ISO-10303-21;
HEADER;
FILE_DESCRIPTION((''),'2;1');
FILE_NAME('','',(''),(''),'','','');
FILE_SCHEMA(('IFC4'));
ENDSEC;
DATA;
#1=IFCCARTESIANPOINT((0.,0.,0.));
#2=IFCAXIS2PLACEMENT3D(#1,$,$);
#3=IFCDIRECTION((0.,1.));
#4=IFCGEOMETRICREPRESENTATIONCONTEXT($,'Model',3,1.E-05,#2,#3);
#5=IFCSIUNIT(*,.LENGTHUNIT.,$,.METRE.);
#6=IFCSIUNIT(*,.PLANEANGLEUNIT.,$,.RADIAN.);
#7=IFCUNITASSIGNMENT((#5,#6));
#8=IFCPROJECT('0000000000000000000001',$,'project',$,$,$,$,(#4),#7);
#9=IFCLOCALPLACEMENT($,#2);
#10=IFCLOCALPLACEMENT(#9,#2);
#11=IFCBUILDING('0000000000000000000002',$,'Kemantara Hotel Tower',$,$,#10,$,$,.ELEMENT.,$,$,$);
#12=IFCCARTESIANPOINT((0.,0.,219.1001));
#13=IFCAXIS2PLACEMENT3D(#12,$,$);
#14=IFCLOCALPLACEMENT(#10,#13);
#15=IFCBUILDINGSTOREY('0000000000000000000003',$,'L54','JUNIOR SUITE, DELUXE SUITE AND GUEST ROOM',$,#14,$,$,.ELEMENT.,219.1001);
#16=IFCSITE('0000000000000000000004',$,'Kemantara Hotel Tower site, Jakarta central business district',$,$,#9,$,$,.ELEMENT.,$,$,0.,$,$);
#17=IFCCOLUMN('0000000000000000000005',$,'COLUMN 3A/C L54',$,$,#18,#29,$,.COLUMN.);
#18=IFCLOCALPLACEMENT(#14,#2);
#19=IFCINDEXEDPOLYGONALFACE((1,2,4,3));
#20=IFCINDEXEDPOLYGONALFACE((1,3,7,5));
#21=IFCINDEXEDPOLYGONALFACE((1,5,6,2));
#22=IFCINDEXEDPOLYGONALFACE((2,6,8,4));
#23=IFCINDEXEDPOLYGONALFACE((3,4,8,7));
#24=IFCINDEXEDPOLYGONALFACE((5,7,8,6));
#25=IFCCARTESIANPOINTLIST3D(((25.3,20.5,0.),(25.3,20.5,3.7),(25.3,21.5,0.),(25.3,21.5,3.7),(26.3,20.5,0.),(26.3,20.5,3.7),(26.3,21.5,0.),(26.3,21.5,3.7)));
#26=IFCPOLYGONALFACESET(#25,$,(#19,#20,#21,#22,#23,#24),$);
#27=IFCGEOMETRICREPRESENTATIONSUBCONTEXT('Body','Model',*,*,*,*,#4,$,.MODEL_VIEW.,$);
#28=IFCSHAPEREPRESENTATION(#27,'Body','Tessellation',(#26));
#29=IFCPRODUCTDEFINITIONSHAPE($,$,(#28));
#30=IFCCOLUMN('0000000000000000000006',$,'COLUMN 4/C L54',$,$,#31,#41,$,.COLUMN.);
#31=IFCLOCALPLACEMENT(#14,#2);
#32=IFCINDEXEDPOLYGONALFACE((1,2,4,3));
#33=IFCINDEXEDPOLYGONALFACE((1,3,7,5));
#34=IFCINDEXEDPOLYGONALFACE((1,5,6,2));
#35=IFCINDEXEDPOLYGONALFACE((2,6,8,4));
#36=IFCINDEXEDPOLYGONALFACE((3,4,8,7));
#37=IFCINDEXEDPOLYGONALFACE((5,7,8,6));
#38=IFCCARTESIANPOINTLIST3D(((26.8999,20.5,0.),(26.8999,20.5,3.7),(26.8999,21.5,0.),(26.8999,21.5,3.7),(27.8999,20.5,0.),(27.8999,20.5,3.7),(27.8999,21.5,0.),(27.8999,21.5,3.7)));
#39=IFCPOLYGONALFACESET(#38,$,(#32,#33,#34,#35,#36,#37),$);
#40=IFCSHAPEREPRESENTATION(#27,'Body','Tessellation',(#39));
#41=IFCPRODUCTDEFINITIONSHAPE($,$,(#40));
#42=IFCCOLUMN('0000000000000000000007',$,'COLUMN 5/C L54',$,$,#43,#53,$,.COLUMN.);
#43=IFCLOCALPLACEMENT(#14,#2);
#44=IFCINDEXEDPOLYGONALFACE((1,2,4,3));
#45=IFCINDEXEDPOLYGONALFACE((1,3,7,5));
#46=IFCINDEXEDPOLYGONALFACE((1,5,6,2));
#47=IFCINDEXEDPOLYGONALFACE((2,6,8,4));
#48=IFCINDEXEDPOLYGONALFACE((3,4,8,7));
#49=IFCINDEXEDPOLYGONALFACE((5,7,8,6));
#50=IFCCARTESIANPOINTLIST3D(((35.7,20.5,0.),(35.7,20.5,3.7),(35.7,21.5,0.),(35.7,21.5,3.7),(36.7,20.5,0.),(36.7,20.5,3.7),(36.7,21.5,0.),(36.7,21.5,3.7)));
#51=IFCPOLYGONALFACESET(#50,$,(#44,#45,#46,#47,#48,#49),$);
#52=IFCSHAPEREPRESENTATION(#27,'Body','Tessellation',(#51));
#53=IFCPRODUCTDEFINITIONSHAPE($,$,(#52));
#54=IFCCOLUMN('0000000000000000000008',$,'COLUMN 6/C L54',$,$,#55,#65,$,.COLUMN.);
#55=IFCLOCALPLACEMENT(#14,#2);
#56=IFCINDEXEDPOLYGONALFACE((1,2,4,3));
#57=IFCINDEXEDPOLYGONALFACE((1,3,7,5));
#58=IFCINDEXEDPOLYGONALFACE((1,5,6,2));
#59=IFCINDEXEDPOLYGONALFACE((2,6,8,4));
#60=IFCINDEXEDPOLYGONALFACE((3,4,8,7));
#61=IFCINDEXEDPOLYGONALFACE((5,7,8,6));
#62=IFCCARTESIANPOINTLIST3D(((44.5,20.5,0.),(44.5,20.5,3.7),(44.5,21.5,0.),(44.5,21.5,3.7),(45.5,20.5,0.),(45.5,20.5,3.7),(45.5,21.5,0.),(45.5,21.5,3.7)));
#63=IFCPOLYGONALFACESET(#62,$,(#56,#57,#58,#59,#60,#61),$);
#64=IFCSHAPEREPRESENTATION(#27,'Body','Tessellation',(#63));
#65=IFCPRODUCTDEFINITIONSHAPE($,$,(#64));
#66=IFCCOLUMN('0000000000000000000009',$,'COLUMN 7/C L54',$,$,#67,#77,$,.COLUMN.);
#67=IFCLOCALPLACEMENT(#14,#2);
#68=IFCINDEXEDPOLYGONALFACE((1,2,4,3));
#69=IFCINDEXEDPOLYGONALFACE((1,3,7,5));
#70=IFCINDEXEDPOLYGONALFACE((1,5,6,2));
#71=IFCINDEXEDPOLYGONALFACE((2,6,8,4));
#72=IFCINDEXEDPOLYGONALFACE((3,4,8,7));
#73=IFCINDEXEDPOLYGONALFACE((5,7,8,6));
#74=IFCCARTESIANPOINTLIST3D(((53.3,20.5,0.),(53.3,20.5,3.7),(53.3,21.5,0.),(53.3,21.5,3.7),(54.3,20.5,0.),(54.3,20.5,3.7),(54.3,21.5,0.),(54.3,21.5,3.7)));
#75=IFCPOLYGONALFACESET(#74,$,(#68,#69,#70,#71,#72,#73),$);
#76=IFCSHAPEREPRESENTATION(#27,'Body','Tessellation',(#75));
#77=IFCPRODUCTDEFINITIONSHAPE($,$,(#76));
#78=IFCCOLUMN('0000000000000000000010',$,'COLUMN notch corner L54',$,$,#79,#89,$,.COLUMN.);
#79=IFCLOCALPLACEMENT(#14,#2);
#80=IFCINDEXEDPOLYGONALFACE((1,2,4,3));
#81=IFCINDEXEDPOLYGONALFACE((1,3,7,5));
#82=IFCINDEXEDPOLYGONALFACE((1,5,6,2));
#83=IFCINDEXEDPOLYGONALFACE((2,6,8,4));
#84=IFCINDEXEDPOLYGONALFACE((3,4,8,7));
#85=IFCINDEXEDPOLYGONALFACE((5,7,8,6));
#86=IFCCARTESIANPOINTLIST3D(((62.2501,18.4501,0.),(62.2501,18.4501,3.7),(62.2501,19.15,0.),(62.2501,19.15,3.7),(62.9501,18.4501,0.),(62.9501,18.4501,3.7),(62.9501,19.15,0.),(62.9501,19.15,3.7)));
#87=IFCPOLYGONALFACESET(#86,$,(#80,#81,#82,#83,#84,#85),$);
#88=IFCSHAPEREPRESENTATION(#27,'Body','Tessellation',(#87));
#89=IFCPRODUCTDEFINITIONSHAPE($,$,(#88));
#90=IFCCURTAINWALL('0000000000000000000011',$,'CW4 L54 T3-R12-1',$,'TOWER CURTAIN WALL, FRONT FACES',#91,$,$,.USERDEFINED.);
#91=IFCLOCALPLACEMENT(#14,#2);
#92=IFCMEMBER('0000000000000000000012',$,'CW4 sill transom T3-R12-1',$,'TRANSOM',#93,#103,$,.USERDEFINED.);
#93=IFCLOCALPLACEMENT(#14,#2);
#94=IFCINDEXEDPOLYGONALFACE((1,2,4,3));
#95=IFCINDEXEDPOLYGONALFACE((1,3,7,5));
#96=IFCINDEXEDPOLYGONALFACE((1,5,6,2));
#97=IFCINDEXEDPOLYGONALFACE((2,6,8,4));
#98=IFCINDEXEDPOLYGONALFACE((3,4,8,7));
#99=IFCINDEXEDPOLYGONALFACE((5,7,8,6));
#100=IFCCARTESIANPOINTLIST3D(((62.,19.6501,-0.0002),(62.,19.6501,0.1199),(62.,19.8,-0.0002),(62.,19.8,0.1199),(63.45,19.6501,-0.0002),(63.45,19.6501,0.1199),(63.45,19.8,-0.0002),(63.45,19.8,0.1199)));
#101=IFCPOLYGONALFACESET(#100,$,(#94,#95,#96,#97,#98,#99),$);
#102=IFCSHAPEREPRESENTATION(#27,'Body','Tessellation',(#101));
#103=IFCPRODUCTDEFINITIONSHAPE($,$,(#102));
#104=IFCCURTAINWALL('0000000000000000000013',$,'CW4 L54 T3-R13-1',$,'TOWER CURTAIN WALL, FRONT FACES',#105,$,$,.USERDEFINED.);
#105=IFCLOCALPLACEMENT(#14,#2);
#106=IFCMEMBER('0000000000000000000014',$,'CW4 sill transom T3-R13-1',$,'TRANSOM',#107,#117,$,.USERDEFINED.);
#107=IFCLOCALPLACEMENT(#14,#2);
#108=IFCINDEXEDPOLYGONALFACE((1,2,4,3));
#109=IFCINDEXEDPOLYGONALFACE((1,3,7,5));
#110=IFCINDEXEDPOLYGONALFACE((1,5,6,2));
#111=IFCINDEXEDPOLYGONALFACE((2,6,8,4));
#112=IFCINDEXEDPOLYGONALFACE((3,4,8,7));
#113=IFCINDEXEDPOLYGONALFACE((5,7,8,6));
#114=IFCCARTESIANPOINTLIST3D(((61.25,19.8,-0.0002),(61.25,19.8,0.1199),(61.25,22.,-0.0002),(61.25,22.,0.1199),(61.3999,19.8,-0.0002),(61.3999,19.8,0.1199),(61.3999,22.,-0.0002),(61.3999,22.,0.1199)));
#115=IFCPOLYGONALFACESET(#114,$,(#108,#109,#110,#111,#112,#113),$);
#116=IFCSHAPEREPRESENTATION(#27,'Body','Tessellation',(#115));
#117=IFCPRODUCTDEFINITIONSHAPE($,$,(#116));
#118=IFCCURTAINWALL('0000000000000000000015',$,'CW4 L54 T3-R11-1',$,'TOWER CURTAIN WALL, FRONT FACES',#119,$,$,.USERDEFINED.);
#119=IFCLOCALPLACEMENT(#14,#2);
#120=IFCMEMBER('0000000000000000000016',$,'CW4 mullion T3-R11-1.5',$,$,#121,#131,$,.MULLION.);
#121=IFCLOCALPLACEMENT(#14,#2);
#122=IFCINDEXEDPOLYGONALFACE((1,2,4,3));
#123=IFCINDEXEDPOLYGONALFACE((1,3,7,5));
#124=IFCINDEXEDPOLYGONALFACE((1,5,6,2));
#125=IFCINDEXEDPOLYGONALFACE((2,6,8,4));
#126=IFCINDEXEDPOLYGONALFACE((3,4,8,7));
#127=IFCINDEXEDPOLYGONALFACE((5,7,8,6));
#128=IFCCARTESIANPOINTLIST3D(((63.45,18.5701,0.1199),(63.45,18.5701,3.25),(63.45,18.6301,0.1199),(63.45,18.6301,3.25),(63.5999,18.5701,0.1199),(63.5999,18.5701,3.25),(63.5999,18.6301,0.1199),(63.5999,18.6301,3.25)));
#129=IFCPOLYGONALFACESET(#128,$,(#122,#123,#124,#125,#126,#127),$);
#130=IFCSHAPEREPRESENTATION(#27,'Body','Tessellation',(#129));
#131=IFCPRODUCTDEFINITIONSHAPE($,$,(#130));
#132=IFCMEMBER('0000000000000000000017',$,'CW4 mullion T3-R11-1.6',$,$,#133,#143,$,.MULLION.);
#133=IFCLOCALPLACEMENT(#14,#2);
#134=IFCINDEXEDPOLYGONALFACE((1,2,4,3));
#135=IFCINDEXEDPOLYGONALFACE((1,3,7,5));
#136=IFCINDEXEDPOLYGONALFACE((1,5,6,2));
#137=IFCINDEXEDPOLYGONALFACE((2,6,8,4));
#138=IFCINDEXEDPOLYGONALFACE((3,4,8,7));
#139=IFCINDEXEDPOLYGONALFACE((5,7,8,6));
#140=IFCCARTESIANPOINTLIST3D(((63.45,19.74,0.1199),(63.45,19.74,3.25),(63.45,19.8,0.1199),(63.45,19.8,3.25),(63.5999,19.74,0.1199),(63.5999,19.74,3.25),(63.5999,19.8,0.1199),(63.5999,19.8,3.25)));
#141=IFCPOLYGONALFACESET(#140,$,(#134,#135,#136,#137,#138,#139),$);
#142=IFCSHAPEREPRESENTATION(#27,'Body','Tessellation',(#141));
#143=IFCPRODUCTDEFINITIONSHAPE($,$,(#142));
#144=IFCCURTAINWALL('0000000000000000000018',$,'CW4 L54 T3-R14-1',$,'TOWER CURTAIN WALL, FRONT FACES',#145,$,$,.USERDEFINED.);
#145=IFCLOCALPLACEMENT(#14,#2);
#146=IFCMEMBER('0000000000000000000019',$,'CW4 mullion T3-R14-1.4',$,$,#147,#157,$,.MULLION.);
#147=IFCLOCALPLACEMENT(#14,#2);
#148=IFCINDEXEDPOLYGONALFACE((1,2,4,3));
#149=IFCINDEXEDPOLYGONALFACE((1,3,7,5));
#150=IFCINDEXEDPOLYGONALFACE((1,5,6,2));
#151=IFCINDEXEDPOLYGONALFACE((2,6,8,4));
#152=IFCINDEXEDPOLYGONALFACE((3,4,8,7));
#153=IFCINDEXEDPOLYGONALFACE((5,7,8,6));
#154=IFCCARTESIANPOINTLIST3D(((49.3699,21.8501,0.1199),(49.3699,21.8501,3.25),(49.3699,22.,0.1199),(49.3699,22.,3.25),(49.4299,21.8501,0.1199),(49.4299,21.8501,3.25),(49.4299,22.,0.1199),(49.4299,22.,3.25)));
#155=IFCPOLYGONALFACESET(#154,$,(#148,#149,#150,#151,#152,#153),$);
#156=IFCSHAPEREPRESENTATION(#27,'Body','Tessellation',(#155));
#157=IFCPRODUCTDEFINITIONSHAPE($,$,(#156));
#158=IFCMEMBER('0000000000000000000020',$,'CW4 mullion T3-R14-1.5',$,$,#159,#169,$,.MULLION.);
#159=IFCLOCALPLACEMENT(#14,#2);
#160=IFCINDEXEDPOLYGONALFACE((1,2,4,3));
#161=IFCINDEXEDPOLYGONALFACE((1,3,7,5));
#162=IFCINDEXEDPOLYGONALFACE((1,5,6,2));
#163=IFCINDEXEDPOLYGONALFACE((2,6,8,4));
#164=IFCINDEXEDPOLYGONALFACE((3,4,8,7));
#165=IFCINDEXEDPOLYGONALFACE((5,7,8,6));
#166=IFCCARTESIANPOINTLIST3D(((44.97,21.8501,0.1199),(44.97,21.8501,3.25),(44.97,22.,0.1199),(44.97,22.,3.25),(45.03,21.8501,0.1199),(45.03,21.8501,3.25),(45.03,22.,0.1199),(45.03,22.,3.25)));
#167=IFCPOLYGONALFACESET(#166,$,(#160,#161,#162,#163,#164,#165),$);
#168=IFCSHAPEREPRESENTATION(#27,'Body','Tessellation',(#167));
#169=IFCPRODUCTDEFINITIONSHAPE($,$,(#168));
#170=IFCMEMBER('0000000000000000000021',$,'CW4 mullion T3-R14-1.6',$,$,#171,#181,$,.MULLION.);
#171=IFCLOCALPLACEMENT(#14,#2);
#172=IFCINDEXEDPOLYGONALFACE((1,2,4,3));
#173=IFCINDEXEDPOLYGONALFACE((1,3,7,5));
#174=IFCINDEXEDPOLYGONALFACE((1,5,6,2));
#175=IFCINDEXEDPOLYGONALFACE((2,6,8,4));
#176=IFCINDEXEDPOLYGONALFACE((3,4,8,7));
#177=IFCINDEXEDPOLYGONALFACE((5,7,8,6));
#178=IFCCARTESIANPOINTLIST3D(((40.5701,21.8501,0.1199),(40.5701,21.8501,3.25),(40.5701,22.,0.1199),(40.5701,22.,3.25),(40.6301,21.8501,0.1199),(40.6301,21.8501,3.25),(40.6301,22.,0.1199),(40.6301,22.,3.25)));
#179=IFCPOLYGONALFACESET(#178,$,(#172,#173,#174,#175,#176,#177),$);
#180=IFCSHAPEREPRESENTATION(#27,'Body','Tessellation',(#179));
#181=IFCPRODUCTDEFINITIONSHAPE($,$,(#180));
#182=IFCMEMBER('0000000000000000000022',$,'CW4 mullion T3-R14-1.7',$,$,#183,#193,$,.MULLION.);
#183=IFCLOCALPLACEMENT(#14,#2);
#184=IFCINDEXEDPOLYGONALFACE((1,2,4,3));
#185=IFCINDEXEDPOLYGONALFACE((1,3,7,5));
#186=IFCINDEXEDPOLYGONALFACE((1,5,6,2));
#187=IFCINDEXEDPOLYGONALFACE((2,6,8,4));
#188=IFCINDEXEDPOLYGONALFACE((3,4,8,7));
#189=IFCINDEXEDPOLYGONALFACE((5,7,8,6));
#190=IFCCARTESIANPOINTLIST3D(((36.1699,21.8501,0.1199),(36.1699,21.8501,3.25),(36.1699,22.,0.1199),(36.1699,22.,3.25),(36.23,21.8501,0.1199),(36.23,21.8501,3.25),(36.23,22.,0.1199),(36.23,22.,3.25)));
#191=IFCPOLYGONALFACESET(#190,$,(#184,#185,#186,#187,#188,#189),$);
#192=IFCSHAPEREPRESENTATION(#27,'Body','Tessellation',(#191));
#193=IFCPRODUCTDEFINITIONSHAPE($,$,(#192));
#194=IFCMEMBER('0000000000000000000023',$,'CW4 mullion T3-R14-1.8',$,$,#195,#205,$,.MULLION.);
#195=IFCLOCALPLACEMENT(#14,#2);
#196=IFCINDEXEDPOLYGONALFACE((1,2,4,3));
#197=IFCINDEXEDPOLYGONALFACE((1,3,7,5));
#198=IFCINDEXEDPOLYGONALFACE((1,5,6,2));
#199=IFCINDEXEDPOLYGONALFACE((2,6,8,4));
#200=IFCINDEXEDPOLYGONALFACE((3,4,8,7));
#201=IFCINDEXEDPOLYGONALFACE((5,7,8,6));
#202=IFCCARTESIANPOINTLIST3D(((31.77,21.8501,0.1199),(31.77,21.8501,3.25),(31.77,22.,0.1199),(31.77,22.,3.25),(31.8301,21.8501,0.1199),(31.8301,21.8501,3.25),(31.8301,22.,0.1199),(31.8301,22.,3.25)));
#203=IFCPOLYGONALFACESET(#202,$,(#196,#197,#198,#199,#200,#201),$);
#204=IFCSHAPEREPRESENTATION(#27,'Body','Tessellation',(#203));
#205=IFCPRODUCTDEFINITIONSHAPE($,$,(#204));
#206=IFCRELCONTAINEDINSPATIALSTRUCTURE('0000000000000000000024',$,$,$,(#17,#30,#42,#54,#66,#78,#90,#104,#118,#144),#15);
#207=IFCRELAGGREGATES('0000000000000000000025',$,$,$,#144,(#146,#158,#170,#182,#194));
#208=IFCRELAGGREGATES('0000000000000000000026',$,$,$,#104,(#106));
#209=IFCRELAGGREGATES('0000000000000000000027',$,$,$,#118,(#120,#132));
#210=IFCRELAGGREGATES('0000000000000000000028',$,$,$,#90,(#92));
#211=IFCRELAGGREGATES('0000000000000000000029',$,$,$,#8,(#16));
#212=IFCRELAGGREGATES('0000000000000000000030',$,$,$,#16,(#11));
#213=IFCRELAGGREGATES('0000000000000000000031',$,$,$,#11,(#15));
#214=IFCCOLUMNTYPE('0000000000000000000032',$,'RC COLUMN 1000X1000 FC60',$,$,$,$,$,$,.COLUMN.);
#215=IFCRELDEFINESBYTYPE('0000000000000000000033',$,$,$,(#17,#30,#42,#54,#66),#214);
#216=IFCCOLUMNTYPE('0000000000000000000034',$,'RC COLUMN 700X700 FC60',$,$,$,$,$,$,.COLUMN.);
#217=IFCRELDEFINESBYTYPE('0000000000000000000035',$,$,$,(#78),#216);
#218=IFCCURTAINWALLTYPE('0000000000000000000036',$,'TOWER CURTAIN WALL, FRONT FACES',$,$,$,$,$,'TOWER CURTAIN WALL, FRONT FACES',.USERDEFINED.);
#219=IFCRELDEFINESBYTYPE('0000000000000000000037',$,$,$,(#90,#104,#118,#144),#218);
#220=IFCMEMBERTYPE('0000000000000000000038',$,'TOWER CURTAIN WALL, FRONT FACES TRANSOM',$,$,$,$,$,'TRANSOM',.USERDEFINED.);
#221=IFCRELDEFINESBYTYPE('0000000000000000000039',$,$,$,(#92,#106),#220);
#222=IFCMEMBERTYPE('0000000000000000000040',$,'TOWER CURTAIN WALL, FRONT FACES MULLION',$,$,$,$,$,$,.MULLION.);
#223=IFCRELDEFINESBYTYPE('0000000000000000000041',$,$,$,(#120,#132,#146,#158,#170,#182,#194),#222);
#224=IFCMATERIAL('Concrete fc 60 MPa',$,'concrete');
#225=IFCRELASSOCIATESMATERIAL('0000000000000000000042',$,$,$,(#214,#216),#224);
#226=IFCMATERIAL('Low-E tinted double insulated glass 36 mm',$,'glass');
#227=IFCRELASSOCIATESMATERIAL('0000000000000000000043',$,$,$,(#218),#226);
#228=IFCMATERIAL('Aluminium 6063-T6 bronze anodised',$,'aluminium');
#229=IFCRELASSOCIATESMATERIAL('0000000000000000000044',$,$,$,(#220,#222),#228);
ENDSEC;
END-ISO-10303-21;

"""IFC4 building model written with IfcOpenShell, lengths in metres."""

from ifc_helpers import new_model, si_unit, direction, frame, origin, origin_2d, place, context, subcontext, project, spatial, rectangle, extrude, source, transform, mapped, material, material_profile, profile_set, type_object, element, aggregate, save


model = new_model("IFC4")

# Units and contexts
model_context = context("Model", 3, precision=1e-05, world=origin(), true_north=direction((0.0, 1.0)))
body_context = subcontext(model_context, "Body", "Model", "MODEL_VIEW")
ifc_project = project(units=[si_unit("LENGTHUNIT", "METRE"), si_unit("PLANEANGLEUNIT", "RADIAN")], contexts=[model_context])

# Site, building, storey
site_placement = place(None, origin())
site = spatial("IfcSite", under=ifc_project, at=site_placement, Name="Kemantara Hotel Tower site, Jakarta central business district", CompositionType="ELEMENT", RefElevation=0.0)
building_placement = place(site_placement, origin())
building = spatial("IfcBuilding", under=site, at=building_placement, Name="Kemantara Hotel Tower", CompositionType="ELEMENT")
storey_placement = place(building_placement, frame((0.0, 0.0, 219.1001)))
storey = spatial("IfcBuildingStorey", under=building, at=storey_placement, Name="L54", Description="JUNIOR SUITE, DELUXE SUITE AND GUEST ROOM", CompositionType="ELEMENT", Elevation=219.1001)

# Columns
ifc_material_1 = material(Name="Concrete fc 60 MPa", Category="concrete")
ifc_material_profile_1 = material_profile(ifc_material_1, rectangle(XDim=1.0, YDim=1.0, at=origin_2d()), Name="RC 1000X1000")
ifc_profile_set_1 = profile_set([ifc_material_profile_1], Name="Concrete fc 60 MPa")
column_type_1 = type_object("IfcColumnType", Name="RC COLUMN 1000X1000 FC60", PredefinedType="COLUMN", material=ifc_profile_set_1)
for number, where, z_axis, x_axis, name in (
    (1, (25.8, 21.0, 0.0), (0.0, 0.0, 1.0), (1.0, 0.0, 0.0), "COLUMN 3A/C L54"),
    (2, (27.3999, 21.0, 0.0), (0.0, 0.0, 1.0), (1.0, 0.0, 0.0), "COLUMN 4/C L54"),
    (3, (36.2, 21.0, 0.0), (0.0, 0.0, 1.0), (1.0, 0.0, 0.0), "COLUMN 5/C L54"),
    (4, (45.0, 21.0, 0.0), (0.0, 0.0, 1.0), (1.0, 0.0, 0.0), "COLUMN 6/C L54"),
    (5, (53.8, 21.0, 0.0), (0.0, 0.0, 1.0), (1.0, 0.0, 0.0), "COLUMN 7/C L54"),
):
    element("IfcColumn", number, at=place(storey_placement, frame(where, z_axis=z_axis, x_axis=x_axis)), inside=storey, type_object=column_type_1, Name=name, PredefinedType="COLUMN", context=body_context, shape_type="SweptSolid", body=[
        extrude(rectangle(XDim=1.0, YDim=1.0, at=origin_2d()), origin(), (0.0, 0.0, 1.0), 3.7),
    ])
ifc_material_profile_2 = material_profile(ifc_material_1, rectangle(XDim=0.7, YDim=0.7, at=origin_2d()), Name="RC 700X700")
ifc_profile_set_2 = profile_set([ifc_material_profile_2], Name="Concrete fc 60 MPa")
column_type_2 = type_object("IfcColumnType", Name="RC COLUMN 700X700 FC60", PredefinedType="COLUMN", material=ifc_profile_set_2)
column_placement = place(storey_placement, frame((62.6001, 18.8, 0.0), z_axis=(0.0, 0.0, 1.0), x_axis=(1.0, 0.0, 0.0)))
element("IfcColumn", 6, at=column_placement, inside=storey, type_object=column_type_2, Name="COLUMN notch corner L54", PredefinedType="COLUMN", context=body_context, shape_type="SweptSolid", body=[
    extrude(rectangle(XDim=0.7, YDim=0.7, at=origin_2d()), origin(), (0.0, 0.0, 1.0), 3.7),
])

# Curtain walls, members
ifc_material_2 = material(Name="Low-E tinted double insulated glass 36 mm", Category="glass")
curtain_wall_type = type_object("IfcCurtainWallType", Name="TOWER CURTAIN WALL, FRONT FACES", ElementType="TOWER CURTAIN WALL, FRONT FACES", PredefinedType="USERDEFINED", material=ifc_material_2)
curtain_wall_1_placement = place(storey_placement, origin())
curtain_wall_1 = element("IfcCurtainWall", 7, at=curtain_wall_1_placement, inside=storey, type_object=curtain_wall_type, Name="CW4 L54 T3-R12-1", ObjectType="TOWER CURTAIN WALL, FRONT FACES", PredefinedType="USERDEFINED")
ifc_material_3 = material(Name="Aluminium 6063-T6 bronze anodised", Category="aluminium")
ifc_material_profile_3 = material_profile(ifc_material_3, rectangle(XDim=0.1499, YDim=0.1201, at=origin_2d()), Name="TOWER CURTAIN WALL, FRONT FACES TRANSOM")
ifc_profile_set_3 = profile_set([ifc_material_profile_3], Name="Aluminium 6063-T6 bronze anodised")
member_type_1 = type_object("IfcMemberType", Name="TOWER CURTAIN WALL, FRONT FACES TRANSOM", ElementType="TRANSOM", PredefinedType="USERDEFINED", material=ifc_profile_set_3)
member_1_placement = place(storey_placement, frame((63.45, 19.7251, 0.0598), z_axis=(-1.0, 0.0, 0.0), x_axis=(0.0, -1.0, 0.0)))
member_1 = element("IfcMember", 8, at=member_1_placement, type_object=member_type_1, Name="CW4 sill transom T3-R12-1", ObjectType="TRANSOM", PredefinedType="USERDEFINED", context=body_context, shape_type="SweptSolid", body=[
    extrude(rectangle(XDim=0.1499, YDim=0.1201, at=origin_2d()), origin(), (0.0, 0.0, 1.0), 1.45),
])
curtain_wall_2_placement = place(storey_placement, origin())
curtain_wall_2 = element("IfcCurtainWall", 9, at=curtain_wall_2_placement, inside=storey, type_object=curtain_wall_type, Name="CW4 L54 T3-R13-1", ObjectType="TOWER CURTAIN WALL, FRONT FACES", PredefinedType="USERDEFINED")
member_2_placement = place(storey_placement, frame((61.325, 19.8, 0.0598), z_axis=(0.0, 1.0, 0.0), x_axis=(-1.0, 0.0, 0.0)))
member_2 = element("IfcMember", 10, at=member_2_placement, type_object=member_type_1, Name="CW4 sill transom T3-R13-1", ObjectType="TRANSOM", PredefinedType="USERDEFINED", context=body_context, shape_type="SweptSolid", body=[
    extrude(rectangle(XDim=0.1499, YDim=0.1201, at=origin_2d()), origin(), (0.0, 0.0, 1.0), 2.2),
])

# Curtain walls, members
curtain_wall_3_placement = place(storey_placement, origin())
curtain_wall_3 = element("IfcCurtainWall", 11, at=curtain_wall_3_placement, inside=storey, type_object=curtain_wall_type, Name="CW4 L54 T3-R11-1", ObjectType="TOWER CURTAIN WALL, FRONT FACES", PredefinedType="USERDEFINED")
ifc_material_profile_4 = material_profile(ifc_material_3, rectangle(XDim=0.1499, YDim=0.0601, at=origin_2d()), Name="TOWER CURTAIN WALL, FRONT FACES MULLION")
ifc_profile_set_4 = profile_set([ifc_material_profile_4], Name="Aluminium 6063-T6 bronze anodised")
member_type_2 = type_object("IfcMemberType", Name="TOWER CURTAIN WALL, FRONT FACES MULLION", PredefinedType="MULLION", material=ifc_profile_set_4)
shared_shape_1 = source(origin(), body_context, "Body", "SweptSolid", [
    extrude(rectangle(XDim=0.1499, YDim=0.0601, at=origin_2d()), origin(), (0.0, 0.0, 1.0), 3.1301),
])
member_3_placement = place(storey_placement, frame((63.5249, 18.6001, 0.1199), z_axis=(0.0, 0.0, 1.0), x_axis=(-1.0, 0.0, 0.0)))
member_3 = element("IfcMember", 12, at=member_3_placement, type_object=member_type_2, Name="CW4 mullion T3-R11-1.5", PredefinedType="MULLION", context=body_context, shape_type="MappedRepresentation", body=[
    mapped(shared_shape_1, transform((0.0, 0.0, 0.0))),
])
member_4_placement = place(storey_placement, frame((63.5249, 19.77, 0.1199), z_axis=(0.0, 0.0, 1.0), x_axis=(-1.0, 0.0, 0.0)))
member_4 = element("IfcMember", 13, at=member_4_placement, type_object=member_type_2, Name="CW4 mullion T3-R11-1.6", PredefinedType="MULLION", context=body_context, shape_type="MappedRepresentation", body=[
    mapped(shared_shape_1, transform((0.0, 0.0, 0.0))),
])
curtain_wall_4_placement = place(storey_placement, origin())
curtain_wall_4 = element("IfcCurtainWall", 14, at=curtain_wall_4_placement, inside=storey, type_object=curtain_wall_type, Name="CW4 L54 T3-R14-1", ObjectType="TOWER CURTAIN WALL, FRONT FACES", PredefinedType="USERDEFINED")
member_5_placement = place(storey_placement, frame((49.3999, 21.925, 0.1199), z_axis=(0.0, 0.0, 1.0), x_axis=(0.0, -1.0, 0.0)))
member_5 = element("IfcMember", 15, at=member_5_placement, type_object=member_type_2, Name="CW4 mullion T3-R14-1.4", PredefinedType="MULLION", context=body_context, shape_type="MappedRepresentation", body=[
    mapped(shared_shape_1, transform((0.0, 0.0, 0.0))),
])
member_6_placement = place(storey_placement, frame((45.0, 21.925, 0.1199), z_axis=(0.0, 0.0, 1.0), x_axis=(0.0, -1.0, 0.0)))
member_6 = element("IfcMember", 16, at=member_6_placement, type_object=member_type_2, Name="CW4 mullion T3-R14-1.5", PredefinedType="MULLION", context=body_context, shape_type="MappedRepresentation", body=[
    mapped(shared_shape_1, transform((0.0, 0.0, 0.0))),
])
member_7_placement = place(storey_placement, frame((40.6001, 21.925, 0.1199), z_axis=(0.0, 0.0, 1.0), x_axis=(0.0, -1.0, 0.0)))
member_7 = element("IfcMember", 17, at=member_7_placement, type_object=member_type_2, Name="CW4 mullion T3-R14-1.6", PredefinedType="MULLION", context=body_context, shape_type="MappedRepresentation", body=[
    mapped(shared_shape_1, transform((0.0, 0.0, 0.0))),
])
member_8_placement = place(storey_placement, frame((36.2, 21.925, 0.1199), z_axis=(0.0, 0.0, 1.0), x_axis=(0.0, -1.0, 0.0)))
member_8 = element("IfcMember", 18, at=member_8_placement, type_object=member_type_2, Name="CW4 mullion T3-R14-1.7", PredefinedType="MULLION", context=body_context, shape_type="MappedRepresentation", body=[
    mapped(shared_shape_1, transform((0.0, 0.0, 0.0))),
])
member_9_placement = place(storey_placement, frame((31.8, 21.925, 0.1199), z_axis=(0.0, 0.0, 1.0), x_axis=(0.0, -1.0, 0.0)))
member_9 = element("IfcMember", 19, at=member_9_placement, type_object=member_type_2, Name="CW4 mullion T3-R14-1.8", PredefinedType="MULLION", context=body_context, shape_type="MappedRepresentation", body=[
    mapped(shared_shape_1, transform((0.0, 0.0, 0.0))),
])

aggregate(curtain_wall_4, [member_5, member_6, member_7, member_8, member_9])
aggregate(curtain_wall_2, [member_2])
aggregate(curtain_wall_3, [member_3, member_4])
aggregate(curtain_wall_1, [member_1])

save(model, "model.ifc")
